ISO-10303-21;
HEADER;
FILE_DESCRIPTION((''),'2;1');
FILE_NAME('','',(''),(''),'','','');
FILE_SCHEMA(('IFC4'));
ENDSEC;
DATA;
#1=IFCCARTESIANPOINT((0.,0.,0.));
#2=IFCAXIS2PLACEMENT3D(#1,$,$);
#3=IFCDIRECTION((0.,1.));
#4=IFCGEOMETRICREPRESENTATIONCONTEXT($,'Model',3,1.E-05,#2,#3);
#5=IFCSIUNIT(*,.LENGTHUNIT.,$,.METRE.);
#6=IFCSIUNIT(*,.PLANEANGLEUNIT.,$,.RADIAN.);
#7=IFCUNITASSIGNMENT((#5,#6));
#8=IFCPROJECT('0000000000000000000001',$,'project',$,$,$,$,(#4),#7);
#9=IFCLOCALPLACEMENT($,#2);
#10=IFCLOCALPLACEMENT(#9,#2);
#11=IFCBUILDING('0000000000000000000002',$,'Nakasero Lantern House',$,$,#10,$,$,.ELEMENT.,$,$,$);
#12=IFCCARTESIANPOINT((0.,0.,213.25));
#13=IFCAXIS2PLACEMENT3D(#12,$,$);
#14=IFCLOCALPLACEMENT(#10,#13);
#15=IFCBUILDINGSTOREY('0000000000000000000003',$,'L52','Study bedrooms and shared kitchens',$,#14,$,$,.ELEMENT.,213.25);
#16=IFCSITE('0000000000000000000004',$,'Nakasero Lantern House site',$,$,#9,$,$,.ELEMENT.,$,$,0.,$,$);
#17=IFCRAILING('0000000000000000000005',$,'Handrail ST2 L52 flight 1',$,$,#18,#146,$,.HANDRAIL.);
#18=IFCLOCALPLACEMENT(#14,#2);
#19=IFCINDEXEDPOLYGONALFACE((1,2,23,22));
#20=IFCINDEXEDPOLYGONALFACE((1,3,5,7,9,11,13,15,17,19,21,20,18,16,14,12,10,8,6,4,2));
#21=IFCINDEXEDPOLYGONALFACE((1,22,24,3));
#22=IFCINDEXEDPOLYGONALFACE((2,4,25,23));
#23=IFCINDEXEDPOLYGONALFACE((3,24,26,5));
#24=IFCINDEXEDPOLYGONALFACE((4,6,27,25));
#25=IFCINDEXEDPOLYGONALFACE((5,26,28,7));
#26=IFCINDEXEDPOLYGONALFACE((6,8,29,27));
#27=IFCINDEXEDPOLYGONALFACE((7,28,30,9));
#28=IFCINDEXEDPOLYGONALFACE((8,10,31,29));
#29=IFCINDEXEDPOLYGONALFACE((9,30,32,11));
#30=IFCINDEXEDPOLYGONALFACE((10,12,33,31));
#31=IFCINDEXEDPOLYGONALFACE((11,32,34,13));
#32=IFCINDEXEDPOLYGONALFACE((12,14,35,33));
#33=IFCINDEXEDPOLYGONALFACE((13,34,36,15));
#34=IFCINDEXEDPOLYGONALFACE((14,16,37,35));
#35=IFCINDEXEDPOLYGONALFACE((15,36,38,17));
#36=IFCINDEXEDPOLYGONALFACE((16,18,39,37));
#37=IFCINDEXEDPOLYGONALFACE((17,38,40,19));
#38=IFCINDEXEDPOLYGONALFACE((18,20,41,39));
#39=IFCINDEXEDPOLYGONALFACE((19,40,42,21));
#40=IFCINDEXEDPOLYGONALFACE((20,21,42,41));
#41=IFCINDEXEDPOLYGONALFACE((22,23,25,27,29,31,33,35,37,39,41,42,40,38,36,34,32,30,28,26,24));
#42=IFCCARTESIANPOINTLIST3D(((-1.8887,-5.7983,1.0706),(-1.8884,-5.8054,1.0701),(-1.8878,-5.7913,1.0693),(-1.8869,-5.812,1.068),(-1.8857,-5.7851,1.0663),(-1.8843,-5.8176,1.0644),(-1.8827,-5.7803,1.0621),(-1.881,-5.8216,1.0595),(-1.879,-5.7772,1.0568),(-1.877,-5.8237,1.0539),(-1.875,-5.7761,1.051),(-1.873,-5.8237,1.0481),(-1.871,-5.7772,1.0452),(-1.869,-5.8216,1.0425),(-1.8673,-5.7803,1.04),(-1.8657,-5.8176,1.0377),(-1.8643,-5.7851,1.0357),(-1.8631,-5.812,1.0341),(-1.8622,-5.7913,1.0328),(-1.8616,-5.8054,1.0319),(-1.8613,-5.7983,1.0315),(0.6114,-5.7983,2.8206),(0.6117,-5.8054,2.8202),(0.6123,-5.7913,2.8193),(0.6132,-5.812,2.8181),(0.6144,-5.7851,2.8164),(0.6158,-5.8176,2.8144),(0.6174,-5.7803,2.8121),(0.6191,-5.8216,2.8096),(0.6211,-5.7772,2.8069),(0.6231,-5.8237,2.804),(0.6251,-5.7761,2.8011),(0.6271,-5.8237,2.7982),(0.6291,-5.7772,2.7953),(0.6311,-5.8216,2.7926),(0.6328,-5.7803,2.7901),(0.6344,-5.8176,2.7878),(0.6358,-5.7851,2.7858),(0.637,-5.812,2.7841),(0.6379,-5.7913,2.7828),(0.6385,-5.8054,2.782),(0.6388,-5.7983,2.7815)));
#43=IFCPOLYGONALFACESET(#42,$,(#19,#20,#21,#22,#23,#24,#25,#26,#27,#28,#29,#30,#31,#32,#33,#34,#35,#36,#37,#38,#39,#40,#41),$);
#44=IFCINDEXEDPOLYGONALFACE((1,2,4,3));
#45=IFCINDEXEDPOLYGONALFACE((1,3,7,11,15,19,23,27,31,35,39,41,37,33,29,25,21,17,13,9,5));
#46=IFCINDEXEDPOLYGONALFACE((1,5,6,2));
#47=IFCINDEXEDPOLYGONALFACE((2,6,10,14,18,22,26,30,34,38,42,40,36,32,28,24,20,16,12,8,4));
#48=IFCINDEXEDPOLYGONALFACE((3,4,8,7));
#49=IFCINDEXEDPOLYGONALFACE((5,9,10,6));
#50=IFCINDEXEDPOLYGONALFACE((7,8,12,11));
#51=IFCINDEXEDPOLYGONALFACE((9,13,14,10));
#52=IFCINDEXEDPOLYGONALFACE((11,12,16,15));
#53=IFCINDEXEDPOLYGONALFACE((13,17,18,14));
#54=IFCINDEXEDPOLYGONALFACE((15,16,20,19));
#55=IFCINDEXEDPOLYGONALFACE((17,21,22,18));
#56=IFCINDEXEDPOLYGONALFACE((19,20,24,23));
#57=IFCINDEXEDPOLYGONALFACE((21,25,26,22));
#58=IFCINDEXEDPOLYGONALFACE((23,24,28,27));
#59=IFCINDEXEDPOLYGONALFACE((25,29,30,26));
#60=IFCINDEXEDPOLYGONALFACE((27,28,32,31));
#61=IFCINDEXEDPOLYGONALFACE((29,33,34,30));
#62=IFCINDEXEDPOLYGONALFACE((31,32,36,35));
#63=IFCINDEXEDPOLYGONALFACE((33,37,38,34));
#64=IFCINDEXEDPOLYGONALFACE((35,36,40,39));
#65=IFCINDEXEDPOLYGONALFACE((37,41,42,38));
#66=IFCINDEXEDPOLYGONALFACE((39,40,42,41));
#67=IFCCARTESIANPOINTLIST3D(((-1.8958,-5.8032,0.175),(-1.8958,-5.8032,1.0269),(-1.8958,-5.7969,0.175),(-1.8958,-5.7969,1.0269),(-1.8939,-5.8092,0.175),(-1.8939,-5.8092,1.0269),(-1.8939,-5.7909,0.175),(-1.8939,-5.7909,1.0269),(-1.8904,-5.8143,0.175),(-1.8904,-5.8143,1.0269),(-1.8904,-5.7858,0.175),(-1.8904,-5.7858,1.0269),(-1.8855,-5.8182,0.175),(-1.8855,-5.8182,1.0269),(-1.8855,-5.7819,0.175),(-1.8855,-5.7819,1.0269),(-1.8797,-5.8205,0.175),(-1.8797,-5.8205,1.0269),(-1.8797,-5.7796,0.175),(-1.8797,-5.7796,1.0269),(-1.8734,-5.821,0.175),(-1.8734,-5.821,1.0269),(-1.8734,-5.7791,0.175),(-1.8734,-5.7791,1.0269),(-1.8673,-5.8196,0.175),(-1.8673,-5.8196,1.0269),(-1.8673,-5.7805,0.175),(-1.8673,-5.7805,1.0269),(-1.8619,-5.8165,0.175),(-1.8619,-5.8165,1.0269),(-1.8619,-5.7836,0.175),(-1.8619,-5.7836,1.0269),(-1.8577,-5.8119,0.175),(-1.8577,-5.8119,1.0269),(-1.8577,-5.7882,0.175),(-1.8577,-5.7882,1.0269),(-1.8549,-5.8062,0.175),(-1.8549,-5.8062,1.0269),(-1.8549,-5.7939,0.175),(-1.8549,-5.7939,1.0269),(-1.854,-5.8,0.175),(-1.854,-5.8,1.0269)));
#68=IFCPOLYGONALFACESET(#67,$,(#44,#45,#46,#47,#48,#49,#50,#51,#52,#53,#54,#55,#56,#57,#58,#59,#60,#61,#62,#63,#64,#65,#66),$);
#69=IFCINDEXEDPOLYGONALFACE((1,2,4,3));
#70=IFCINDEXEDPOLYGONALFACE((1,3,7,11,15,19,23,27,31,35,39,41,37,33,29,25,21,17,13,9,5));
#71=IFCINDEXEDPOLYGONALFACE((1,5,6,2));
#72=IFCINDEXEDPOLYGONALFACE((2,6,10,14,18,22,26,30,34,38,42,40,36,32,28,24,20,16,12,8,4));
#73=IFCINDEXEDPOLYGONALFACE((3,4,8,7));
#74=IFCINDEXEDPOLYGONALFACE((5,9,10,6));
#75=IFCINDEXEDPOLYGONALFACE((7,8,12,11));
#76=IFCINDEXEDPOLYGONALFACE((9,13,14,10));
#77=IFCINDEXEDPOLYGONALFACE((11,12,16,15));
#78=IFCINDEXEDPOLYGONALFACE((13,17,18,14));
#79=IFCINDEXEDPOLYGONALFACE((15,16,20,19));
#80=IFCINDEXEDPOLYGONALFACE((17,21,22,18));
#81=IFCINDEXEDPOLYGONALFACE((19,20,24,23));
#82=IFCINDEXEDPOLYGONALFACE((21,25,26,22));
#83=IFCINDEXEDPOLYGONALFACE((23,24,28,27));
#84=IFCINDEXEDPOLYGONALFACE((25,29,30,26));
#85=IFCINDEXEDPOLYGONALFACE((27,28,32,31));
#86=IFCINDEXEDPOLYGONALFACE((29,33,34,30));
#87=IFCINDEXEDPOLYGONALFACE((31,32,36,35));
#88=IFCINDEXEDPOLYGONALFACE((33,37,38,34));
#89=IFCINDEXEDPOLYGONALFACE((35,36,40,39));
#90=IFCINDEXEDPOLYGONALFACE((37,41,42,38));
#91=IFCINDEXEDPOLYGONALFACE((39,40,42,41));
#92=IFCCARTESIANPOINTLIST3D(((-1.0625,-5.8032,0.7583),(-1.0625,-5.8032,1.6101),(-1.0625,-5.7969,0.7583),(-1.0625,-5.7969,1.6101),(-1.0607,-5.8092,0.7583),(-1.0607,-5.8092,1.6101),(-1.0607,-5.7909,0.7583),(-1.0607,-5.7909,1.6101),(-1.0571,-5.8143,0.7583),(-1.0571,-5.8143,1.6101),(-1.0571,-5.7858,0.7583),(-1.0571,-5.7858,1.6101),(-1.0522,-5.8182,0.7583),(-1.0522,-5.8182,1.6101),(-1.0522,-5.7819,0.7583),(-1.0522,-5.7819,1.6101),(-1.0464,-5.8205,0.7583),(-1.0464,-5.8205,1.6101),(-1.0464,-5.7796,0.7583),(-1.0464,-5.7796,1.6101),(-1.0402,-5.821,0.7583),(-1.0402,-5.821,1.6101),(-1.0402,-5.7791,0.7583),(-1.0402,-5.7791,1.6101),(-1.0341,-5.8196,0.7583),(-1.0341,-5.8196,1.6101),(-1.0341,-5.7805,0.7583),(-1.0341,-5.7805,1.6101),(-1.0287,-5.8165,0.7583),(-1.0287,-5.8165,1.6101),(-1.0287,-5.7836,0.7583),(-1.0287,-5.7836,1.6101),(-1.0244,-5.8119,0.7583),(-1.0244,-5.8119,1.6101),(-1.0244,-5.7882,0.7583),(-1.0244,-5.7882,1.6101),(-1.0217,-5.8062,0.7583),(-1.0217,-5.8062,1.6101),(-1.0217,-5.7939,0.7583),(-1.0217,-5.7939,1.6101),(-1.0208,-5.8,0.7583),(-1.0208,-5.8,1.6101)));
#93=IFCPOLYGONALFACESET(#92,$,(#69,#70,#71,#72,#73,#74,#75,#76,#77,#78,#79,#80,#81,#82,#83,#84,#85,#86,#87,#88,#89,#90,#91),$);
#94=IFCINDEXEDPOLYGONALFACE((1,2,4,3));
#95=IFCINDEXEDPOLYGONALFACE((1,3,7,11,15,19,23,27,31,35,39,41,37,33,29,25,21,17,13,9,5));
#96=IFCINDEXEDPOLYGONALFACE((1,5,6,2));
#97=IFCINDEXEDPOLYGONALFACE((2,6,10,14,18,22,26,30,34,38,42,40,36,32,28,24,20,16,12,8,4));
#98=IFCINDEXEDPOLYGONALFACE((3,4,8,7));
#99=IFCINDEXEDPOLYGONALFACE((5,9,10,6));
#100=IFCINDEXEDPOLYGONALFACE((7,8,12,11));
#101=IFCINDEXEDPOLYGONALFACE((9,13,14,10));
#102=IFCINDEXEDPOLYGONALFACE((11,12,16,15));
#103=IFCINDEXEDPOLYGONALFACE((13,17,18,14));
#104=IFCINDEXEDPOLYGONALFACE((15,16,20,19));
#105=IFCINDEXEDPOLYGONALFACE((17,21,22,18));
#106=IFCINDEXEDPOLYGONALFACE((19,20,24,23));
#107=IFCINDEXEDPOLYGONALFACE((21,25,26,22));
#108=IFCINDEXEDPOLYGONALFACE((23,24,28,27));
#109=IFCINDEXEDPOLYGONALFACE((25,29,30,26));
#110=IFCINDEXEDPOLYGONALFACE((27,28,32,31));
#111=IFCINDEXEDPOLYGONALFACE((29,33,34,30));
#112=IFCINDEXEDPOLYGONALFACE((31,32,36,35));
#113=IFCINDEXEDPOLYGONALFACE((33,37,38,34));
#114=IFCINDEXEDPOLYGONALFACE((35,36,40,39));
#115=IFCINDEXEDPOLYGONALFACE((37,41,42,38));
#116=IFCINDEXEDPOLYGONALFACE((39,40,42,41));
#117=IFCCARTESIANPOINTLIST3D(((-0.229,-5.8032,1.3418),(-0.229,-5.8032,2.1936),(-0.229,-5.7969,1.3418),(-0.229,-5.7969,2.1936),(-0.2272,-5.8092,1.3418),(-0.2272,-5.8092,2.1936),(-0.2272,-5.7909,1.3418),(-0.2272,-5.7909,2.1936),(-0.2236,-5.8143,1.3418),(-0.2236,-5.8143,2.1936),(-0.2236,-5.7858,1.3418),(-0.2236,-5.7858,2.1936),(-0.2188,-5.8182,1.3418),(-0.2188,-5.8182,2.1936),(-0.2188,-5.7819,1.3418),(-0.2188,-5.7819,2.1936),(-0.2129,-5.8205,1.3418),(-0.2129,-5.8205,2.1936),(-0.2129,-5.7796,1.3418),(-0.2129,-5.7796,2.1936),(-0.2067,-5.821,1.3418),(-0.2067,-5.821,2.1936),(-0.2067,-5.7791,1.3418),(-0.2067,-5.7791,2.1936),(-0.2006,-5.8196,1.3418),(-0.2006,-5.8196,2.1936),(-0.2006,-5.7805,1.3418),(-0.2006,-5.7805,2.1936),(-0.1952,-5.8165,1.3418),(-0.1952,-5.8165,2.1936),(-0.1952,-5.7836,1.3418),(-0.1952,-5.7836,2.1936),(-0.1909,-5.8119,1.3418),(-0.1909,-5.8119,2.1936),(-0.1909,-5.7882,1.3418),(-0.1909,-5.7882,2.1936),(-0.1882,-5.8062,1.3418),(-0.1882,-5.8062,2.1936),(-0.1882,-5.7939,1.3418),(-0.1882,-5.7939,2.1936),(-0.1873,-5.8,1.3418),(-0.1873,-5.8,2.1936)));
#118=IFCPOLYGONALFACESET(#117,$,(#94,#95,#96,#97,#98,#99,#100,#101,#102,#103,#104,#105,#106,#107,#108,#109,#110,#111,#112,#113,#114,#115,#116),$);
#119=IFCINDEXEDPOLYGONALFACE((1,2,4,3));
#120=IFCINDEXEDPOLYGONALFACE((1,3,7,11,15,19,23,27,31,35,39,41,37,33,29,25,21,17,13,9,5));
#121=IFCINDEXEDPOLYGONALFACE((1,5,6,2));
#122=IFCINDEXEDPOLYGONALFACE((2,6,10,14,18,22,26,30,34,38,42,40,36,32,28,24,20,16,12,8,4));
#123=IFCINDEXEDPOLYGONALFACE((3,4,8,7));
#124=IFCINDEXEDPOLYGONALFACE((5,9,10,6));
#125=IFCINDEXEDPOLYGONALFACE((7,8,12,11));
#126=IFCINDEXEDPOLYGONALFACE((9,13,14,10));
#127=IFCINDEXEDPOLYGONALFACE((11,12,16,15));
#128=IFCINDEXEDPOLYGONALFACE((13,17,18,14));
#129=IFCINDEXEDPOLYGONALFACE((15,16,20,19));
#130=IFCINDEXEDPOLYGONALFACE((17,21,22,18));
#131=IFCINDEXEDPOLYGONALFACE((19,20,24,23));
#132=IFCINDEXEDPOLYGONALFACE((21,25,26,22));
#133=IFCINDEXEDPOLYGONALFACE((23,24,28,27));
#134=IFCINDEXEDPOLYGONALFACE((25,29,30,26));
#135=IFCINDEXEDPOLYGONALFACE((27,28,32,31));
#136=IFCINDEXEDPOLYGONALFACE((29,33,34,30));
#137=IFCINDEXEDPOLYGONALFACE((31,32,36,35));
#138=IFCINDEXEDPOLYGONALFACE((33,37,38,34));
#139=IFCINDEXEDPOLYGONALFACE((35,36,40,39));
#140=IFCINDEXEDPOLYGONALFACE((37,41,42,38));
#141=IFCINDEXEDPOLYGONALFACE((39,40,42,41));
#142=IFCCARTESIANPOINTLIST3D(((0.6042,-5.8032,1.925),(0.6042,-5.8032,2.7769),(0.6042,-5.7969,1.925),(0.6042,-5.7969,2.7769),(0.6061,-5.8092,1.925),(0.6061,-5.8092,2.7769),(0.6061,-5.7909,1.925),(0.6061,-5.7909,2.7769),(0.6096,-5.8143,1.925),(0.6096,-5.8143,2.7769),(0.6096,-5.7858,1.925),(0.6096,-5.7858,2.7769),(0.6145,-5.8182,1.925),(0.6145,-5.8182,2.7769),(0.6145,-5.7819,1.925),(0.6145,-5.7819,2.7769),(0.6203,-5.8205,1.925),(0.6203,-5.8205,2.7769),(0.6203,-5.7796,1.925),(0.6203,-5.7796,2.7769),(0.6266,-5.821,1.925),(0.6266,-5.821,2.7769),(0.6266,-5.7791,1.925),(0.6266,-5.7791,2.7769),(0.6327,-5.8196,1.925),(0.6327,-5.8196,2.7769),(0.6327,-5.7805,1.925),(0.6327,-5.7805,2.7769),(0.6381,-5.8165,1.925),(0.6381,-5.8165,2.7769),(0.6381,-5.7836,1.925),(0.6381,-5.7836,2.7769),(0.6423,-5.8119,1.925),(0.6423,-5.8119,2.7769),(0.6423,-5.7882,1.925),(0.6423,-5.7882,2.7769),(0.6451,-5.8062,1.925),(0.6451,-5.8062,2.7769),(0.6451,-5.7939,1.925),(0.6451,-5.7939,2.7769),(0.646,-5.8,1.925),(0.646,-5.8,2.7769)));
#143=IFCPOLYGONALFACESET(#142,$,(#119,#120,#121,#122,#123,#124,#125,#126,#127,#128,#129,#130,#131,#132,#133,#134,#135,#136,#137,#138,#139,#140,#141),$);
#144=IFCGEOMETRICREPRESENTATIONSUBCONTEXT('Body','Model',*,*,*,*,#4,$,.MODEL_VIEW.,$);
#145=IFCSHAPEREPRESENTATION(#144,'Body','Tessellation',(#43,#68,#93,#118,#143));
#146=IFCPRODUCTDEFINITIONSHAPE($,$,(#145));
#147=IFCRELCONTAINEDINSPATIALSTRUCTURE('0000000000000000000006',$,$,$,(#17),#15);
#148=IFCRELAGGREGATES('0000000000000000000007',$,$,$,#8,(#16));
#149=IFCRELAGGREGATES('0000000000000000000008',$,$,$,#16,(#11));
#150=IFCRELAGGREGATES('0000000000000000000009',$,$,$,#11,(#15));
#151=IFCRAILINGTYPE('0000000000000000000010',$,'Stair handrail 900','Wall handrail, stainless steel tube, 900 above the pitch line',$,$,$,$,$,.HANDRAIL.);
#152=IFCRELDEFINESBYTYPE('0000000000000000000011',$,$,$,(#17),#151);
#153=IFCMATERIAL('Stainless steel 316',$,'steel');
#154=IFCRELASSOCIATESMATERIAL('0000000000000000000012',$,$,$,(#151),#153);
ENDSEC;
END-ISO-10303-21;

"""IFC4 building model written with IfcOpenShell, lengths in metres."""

from ifc_helpers import new_model, si_unit, direction, frame, origin, origin_2d, place, context, subcontext, project, spatial, circle, extrude, material, type_object, element, save


model = new_model("IFC4")

# Units and contexts
model_context = context("Model", 3, precision=1e-05, world=origin(), true_north=direction((0.0, 1.0)))
body_context = subcontext(model_context, "Body", "Model", "MODEL_VIEW")
ifc_project = project(units=[si_unit("LENGTHUNIT", "METRE"), si_unit("PLANEANGLEUNIT", "RADIAN")], contexts=[model_context])

# Site, building, storey
site_placement = place(None, origin())
site = spatial("IfcSite", under=ifc_project, at=site_placement, Name="Nakasero Lantern House site", CompositionType="ELEMENT", RefElevation=0.0)
building_placement = place(site_placement, origin())
building = spatial("IfcBuilding", under=site, at=building_placement, Name="Nakasero Lantern House", CompositionType="ELEMENT")
storey_placement = place(building_placement, frame((0.0, 0.0, 213.25)))
storey = spatial("IfcBuildingStorey", under=building, at=storey_placement, Name="L52", Description="Study bedrooms and shared kitchens", CompositionType="ELEMENT", Elevation=213.25)

# Railing
ifc_material_1 = material(Name="Stainless steel 316", Category="steel")
railing_type = type_object("IfcRailingType", Name="Stair handrail 900", Description="Wall handrail, stainless steel tube, 900 above the pitch line", PredefinedType="HANDRAIL", material=ifc_material_1)
railing_placement = place(storey_placement, frame((-1.875, -5.8, 0.175)))
element("IfcRailing", 1, at=railing_placement, inside=storey, type_object=railing_type, Name="Handrail ST2 L52 flight 1", PredefinedType="HANDRAIL", context=body_context, shape_type="SweptSolid", body=[
    extrude(circle(Radius=0.0239, at=origin_2d()), frame((0.0, 0.0, 0.876), z_axis=(0.819232, 0.0, 0.573462), x_axis=(0.0, 1.0, 0.0)), (0.0, 0.0, 1.0), 3.0518),
    extrude(circle(Radius=0.021, at=origin_2d()), origin(), (0.0, 0.0, 1.0), 0.8518),
    extrude(circle(Radius=0.021, at=origin_2d()), frame((0.8333, 0.0, 0.5833)), (0.0, 0.0, 1.0), 0.8518),
    extrude(circle(Radius=0.021, at=origin_2d()), frame((1.6667, 0.0, 1.1667)), (0.0, 0.0, 1.0), 0.8518),
    extrude(circle(Radius=0.021, at=origin_2d()), frame((2.5, 0.0, 1.75)), (0.0, 0.0, 1.0), 0.8518),
])

save(model, "model.ifc")
